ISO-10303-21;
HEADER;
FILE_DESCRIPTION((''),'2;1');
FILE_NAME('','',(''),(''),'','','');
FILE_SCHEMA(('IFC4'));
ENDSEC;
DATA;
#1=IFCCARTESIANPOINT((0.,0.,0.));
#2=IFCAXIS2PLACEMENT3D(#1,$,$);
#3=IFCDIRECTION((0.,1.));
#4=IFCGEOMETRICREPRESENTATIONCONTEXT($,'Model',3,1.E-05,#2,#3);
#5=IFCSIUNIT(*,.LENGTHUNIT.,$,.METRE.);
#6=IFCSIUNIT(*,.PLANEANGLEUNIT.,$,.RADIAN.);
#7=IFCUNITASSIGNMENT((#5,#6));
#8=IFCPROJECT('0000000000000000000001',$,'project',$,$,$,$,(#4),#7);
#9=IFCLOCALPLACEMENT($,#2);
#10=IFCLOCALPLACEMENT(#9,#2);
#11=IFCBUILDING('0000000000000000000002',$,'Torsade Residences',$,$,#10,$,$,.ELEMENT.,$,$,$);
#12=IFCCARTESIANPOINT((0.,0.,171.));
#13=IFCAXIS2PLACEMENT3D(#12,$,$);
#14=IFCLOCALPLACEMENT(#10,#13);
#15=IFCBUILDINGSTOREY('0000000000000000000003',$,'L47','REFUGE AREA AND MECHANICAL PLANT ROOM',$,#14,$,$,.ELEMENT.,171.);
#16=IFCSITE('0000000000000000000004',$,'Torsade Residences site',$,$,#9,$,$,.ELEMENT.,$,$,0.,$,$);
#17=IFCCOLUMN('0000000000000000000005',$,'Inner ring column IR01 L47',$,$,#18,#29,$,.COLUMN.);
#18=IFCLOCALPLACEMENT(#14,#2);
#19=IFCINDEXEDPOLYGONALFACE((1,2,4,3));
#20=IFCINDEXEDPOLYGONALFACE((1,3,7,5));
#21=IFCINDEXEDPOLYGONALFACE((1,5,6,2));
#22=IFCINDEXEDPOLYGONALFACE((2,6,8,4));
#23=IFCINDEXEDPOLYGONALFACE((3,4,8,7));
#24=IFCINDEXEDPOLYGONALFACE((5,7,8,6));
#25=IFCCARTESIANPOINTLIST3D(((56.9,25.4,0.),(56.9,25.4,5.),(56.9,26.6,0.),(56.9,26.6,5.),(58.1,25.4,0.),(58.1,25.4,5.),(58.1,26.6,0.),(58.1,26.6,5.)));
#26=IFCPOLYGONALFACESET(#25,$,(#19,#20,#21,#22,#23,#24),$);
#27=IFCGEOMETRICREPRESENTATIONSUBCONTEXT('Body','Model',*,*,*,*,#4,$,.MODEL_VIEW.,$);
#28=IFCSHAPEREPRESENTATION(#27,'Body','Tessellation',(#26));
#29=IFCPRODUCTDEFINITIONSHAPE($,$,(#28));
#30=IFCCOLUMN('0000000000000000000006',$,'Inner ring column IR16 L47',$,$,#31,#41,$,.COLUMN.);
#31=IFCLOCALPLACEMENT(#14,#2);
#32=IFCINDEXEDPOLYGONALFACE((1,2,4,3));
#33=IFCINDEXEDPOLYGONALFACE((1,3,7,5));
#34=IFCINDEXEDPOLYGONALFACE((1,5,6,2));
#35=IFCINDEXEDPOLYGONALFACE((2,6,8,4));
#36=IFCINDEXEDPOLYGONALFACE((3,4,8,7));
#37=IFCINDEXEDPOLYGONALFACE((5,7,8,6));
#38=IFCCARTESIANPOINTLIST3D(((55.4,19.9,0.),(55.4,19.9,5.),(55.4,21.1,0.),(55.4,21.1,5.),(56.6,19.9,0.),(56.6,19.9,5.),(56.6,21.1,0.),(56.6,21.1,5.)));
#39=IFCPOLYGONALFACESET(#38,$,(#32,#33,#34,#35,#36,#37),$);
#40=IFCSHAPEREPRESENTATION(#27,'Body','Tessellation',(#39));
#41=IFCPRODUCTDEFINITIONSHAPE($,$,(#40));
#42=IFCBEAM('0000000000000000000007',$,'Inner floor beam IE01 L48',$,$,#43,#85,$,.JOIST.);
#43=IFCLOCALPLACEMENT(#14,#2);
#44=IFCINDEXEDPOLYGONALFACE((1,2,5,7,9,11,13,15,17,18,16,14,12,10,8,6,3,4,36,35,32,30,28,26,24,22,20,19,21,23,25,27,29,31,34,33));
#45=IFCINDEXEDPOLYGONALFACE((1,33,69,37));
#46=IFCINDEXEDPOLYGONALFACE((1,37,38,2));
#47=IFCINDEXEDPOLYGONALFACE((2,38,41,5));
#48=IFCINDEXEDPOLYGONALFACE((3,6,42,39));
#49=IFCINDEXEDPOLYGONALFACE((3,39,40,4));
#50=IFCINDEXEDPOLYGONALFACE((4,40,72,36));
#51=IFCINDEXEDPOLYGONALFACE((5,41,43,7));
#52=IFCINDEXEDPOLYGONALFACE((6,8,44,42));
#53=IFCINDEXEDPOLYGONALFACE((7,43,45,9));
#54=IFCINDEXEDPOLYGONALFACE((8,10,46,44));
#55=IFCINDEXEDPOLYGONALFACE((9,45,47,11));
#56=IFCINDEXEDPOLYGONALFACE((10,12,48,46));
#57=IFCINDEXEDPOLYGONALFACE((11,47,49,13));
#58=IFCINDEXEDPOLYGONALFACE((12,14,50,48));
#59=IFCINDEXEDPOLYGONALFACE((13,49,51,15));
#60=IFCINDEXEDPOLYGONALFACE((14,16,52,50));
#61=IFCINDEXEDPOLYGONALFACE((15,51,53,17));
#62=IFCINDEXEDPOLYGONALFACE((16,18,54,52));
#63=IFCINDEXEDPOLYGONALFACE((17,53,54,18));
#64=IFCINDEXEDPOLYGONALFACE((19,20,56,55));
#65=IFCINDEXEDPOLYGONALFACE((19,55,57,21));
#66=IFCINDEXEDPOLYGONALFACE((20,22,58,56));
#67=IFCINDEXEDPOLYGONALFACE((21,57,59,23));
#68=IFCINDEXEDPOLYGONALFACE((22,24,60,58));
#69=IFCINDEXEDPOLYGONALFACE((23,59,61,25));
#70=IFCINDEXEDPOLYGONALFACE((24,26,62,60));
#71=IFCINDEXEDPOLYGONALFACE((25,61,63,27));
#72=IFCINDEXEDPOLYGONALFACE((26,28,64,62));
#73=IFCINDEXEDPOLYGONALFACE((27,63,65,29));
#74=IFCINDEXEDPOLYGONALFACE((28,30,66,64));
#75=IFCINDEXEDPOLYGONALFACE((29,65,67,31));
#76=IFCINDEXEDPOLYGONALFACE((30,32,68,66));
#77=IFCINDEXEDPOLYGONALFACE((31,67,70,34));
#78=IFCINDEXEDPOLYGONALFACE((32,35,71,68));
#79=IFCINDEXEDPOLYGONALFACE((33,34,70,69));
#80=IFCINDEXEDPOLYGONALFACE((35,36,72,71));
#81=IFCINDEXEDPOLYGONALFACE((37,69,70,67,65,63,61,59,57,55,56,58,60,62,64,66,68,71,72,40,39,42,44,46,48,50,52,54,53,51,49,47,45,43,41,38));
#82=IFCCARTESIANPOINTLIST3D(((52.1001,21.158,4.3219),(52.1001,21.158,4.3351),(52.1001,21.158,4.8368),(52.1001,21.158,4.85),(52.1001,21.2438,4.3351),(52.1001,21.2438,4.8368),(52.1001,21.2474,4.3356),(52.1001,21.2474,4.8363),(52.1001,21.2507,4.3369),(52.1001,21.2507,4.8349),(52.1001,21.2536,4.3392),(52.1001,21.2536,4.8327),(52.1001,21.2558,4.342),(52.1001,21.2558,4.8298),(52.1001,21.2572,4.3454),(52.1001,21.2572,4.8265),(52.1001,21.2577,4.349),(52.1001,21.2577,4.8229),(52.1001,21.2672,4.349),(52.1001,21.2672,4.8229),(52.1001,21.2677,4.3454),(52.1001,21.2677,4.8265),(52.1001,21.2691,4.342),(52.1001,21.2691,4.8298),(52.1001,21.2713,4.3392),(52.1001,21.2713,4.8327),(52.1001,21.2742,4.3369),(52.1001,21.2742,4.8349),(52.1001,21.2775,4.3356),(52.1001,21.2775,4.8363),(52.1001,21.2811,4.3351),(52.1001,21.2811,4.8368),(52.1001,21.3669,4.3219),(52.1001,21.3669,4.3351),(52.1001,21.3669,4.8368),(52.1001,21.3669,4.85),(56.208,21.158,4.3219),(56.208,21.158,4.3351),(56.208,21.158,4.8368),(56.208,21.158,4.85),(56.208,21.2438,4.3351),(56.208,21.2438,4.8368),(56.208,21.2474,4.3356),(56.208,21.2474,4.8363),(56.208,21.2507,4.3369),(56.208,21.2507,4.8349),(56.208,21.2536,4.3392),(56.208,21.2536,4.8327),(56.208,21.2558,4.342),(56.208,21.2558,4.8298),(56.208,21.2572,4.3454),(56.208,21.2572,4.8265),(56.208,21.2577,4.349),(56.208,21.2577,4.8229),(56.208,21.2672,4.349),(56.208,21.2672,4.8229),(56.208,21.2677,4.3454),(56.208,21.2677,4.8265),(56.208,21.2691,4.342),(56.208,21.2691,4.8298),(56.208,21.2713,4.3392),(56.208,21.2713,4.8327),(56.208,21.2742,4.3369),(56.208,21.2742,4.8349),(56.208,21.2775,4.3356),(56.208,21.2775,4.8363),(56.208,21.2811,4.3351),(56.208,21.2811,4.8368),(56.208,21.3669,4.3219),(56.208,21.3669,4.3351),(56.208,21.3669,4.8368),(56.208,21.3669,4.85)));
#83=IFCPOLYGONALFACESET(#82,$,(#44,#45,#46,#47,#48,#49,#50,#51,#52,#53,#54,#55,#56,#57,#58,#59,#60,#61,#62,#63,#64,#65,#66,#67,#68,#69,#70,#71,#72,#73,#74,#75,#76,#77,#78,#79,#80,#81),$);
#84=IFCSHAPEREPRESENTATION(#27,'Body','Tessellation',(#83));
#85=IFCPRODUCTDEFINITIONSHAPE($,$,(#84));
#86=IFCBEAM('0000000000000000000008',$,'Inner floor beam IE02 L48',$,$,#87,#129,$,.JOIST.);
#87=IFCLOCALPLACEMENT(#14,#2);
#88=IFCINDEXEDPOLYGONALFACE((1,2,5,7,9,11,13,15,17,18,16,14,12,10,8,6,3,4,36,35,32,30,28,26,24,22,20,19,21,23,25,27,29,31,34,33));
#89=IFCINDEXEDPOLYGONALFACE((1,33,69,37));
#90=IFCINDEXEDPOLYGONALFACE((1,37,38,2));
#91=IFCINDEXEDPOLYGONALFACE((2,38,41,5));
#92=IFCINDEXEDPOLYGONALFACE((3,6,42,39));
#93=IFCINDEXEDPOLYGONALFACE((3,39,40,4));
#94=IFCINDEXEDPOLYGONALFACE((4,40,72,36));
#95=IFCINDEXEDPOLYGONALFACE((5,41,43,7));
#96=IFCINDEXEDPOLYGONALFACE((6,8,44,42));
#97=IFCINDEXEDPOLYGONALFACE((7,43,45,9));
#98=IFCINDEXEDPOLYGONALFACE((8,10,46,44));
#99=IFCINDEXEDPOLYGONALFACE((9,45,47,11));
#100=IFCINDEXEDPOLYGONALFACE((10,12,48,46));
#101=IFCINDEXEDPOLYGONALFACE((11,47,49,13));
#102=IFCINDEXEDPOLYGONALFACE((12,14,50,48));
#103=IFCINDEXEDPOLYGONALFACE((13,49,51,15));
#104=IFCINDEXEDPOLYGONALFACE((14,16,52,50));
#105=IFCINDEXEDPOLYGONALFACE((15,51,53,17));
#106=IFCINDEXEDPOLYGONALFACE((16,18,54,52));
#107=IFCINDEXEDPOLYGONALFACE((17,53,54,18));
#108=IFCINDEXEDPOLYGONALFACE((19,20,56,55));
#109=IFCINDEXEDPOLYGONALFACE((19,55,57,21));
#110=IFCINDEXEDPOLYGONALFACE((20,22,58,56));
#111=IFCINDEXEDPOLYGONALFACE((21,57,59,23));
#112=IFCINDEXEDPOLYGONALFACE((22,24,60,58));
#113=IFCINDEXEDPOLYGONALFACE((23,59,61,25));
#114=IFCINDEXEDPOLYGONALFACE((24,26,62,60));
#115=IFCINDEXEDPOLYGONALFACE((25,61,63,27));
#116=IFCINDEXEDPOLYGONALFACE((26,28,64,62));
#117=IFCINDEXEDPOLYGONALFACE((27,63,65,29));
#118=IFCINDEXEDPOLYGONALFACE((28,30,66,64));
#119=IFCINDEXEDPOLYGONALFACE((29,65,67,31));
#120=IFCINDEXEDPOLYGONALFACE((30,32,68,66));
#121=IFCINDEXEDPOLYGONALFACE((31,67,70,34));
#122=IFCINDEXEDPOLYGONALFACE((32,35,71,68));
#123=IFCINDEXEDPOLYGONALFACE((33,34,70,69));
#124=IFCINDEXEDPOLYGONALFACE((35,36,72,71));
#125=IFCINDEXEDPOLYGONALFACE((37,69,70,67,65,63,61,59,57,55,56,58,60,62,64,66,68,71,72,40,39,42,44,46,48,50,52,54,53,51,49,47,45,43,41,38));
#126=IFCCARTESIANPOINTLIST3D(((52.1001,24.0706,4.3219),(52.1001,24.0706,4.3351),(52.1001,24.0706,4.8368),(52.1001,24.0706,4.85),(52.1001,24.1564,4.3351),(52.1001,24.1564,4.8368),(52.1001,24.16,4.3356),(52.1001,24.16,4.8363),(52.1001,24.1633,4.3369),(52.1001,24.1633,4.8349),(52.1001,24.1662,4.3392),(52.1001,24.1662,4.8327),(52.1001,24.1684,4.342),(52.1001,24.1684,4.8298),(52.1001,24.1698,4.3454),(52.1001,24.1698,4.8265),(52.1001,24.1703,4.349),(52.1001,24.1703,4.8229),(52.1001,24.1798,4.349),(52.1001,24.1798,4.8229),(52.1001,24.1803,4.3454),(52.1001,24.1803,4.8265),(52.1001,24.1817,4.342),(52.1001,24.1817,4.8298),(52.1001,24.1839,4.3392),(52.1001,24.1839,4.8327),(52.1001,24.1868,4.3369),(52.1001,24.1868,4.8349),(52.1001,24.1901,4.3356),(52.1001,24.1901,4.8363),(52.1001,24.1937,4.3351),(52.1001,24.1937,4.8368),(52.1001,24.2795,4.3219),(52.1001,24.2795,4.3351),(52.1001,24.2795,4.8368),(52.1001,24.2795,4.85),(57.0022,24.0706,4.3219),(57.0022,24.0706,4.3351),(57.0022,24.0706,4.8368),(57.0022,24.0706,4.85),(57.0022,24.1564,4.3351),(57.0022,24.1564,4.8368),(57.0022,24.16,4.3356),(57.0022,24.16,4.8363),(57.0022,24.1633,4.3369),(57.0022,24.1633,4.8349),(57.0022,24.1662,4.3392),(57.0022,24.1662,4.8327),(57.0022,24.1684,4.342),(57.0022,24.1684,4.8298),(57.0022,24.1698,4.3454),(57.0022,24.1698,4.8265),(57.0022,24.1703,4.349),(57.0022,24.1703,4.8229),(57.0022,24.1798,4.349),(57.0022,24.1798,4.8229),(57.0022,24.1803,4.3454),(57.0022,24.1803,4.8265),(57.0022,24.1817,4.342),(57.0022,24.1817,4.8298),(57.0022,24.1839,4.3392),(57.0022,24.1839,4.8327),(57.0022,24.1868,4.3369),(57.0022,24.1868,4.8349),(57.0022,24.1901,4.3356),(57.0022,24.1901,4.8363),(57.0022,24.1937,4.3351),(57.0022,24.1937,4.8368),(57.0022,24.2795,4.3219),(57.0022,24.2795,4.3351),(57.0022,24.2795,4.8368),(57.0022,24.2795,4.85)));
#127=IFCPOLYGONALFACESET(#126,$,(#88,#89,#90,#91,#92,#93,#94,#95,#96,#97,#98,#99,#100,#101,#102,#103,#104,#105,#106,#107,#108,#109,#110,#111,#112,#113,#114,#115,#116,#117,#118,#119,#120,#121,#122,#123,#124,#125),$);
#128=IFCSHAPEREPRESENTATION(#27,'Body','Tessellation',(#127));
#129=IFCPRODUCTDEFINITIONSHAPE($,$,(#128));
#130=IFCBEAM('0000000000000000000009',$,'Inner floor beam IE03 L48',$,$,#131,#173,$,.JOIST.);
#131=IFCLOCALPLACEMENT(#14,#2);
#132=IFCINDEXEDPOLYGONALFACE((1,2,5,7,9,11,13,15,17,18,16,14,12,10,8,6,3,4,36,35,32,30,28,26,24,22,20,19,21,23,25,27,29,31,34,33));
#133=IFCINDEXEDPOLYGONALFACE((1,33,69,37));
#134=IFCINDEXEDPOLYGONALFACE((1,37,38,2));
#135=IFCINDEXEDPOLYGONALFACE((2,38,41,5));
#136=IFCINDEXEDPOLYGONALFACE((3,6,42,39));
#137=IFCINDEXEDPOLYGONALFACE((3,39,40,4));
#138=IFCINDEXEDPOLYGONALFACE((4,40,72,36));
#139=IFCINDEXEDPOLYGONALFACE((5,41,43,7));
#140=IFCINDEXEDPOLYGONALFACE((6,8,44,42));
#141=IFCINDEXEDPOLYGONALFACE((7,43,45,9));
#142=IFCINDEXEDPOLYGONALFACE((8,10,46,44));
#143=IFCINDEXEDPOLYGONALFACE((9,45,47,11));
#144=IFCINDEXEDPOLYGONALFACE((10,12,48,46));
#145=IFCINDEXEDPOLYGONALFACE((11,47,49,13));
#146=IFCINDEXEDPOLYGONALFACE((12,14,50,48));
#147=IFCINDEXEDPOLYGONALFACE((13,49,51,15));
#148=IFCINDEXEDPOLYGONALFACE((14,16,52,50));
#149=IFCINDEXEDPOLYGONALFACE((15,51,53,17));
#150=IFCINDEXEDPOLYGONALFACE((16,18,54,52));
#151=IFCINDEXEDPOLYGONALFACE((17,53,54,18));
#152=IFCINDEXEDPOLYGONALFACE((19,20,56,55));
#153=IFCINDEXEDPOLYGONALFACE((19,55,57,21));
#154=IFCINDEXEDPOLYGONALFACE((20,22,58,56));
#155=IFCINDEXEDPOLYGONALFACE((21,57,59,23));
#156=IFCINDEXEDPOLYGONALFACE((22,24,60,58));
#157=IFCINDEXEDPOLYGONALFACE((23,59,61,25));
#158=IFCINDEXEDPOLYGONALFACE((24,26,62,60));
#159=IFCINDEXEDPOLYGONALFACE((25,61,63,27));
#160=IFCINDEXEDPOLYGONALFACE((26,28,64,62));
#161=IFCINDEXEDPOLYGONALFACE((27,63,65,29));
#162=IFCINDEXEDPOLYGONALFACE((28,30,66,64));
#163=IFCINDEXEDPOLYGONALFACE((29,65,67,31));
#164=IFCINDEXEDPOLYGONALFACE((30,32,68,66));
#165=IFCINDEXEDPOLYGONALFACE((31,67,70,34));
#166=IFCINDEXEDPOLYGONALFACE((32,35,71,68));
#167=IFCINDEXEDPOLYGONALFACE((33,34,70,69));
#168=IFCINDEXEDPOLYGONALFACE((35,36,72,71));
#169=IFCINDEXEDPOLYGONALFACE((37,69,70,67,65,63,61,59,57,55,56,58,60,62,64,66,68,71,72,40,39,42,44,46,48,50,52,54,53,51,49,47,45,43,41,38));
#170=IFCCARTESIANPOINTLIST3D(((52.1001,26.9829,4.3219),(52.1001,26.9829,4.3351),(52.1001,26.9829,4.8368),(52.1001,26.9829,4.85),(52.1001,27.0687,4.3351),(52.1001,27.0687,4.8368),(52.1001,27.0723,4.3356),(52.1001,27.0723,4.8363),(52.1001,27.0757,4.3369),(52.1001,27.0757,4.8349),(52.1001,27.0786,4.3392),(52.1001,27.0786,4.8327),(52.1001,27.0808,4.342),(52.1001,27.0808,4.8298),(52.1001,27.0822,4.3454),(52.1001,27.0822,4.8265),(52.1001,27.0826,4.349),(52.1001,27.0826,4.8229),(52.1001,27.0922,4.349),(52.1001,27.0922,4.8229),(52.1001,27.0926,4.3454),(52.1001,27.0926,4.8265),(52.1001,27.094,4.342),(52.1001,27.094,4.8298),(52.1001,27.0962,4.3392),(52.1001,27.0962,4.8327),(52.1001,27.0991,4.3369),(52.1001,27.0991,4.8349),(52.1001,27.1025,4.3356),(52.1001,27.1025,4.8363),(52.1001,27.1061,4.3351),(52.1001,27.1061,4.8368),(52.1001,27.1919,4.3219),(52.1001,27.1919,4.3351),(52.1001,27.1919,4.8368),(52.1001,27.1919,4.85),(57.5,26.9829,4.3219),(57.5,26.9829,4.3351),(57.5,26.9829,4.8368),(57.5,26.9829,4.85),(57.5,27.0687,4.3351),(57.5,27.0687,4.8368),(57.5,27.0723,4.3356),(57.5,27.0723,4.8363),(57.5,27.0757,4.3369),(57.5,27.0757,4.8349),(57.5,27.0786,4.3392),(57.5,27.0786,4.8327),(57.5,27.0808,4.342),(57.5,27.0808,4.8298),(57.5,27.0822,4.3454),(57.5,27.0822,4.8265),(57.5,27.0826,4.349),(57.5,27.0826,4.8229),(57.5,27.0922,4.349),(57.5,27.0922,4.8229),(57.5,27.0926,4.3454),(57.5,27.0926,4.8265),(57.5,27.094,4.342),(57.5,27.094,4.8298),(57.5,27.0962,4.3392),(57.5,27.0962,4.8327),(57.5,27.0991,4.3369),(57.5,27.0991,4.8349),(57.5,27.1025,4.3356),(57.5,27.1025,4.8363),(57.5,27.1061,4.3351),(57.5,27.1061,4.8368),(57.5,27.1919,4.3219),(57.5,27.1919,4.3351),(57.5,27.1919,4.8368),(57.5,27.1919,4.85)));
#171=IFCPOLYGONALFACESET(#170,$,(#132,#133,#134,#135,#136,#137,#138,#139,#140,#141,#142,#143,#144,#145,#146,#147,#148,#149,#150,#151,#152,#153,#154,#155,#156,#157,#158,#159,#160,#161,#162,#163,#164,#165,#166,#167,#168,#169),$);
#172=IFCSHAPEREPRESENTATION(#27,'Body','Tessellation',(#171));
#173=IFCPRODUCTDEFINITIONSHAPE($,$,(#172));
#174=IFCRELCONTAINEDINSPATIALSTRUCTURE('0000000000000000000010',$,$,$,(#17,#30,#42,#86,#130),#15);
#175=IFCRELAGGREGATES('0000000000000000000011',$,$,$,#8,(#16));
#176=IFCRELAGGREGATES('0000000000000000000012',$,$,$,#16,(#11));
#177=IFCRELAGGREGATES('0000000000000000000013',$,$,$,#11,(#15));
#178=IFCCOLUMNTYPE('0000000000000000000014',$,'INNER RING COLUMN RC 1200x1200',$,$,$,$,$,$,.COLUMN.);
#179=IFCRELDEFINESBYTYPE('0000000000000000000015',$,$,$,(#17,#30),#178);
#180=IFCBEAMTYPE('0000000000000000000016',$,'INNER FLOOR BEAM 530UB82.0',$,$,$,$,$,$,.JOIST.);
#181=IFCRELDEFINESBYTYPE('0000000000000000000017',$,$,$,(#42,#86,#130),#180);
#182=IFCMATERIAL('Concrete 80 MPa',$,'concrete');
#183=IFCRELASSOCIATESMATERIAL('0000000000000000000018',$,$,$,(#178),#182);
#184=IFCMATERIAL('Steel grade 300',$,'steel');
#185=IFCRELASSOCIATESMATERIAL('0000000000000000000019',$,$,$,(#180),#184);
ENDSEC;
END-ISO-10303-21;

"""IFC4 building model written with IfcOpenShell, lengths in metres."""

from ifc_helpers import new_model, si_unit, direction, frame, origin, origin_2d, place, context, subcontext, project, spatial, rectangle, i_section, extrude, material, material_profile, profile_set, type_object, element, save


model = new_model("IFC4")

# Units and contexts
model_context = context("Model", 3, precision=1e-05, world=origin(), true_north=direction((0.0, 1.0)))
body_context = subcontext(model_context, "Body", "Model", "MODEL_VIEW")
ifc_project = project(units=[si_unit("LENGTHUNIT", "METRE"), si_unit("PLANEANGLEUNIT", "RADIAN")], contexts=[model_context])

# Site, building, storey
site_placement = place(None, origin())
site = spatial("IfcSite", under=ifc_project, at=site_placement, Name="Torsade Residences site", CompositionType="ELEMENT", RefElevation=0.0)
building_placement = place(site_placement, origin())
building = spatial("IfcBuilding", under=site, at=building_placement, Name="Torsade Residences", CompositionType="ELEMENT")
storey_placement = place(building_placement, frame((0.0, 0.0, 171.0)))
storey = spatial("IfcBuildingStorey", under=building, at=storey_placement, Name="L47", Description="REFUGE AREA AND MECHANICAL PLANT ROOM", CompositionType="ELEMENT", Elevation=171.0)

# Columns
ifc_material_1 = material(Name="Concrete 80 MPa", Category="concrete")
ifc_material_profile_1 = material_profile(ifc_material_1, rectangle(XDim=1.2, YDim=1.2, at=origin_2d()), Name="RC 1200x1200")
ifc_profile_set_1 = profile_set([ifc_material_profile_1], Name="Concrete 80 MPa")
column_type = type_object("IfcColumnType", Name="INNER RING COLUMN RC 1200x1200", PredefinedType="COLUMN", material=ifc_profile_set_1)
for number, where, z_axis, x_axis, name in (
    (1, (57.5, 26.0, 0.0), (0.0, 0.0, 1.0), (1.0, 0.0, 0.0), "Inner ring column IR01 L47"),
    (2, (56.0, 20.5, 0.0), (0.0, 0.0, 1.0), (1.0, 0.0, 0.0), "Inner ring column IR16 L47"),
):
    element("IfcColumn", number, at=place(storey_placement, frame(where, z_axis=z_axis, x_axis=x_axis)), inside=storey, type_object=column_type, Name=name, PredefinedType="COLUMN", context=body_context, shape_type="SweptSolid", body=[
        extrude(rectangle(XDim=1.2, YDim=1.2, at=origin_2d()), origin(), (0.0, 0.0, 1.0), 5.0),
    ])

# Beams
ifc_material_2 = material(Name="Steel grade 300", Category="steel")
ifc_material_profile_2 = material_profile(ifc_material_2, i_section(OverallWidth=0.209, OverallDepth=0.5281, WebThickness=0.0095, FlangeThickness=0.0132, FilletRadius=0.0139, at=origin_2d()), Name="530UB82.0")
ifc_profile_set_2 = profile_set([ifc_material_profile_2], Name="Steel grade 300")
beam_type_1 = type_object("IfcBeamType", Name="INNER FLOOR BEAM 530UB82.0", PredefinedType="JOIST", material=ifc_profile_set_2)
beam_1_placement = place(storey_placement, frame((52.1001, 21.2625, 4.5859), z_axis=(1.0, 0.0, 0.0), x_axis=(0.0, 1.0, 0.0)))
element("IfcBeam", 3, at=beam_1_placement, inside=storey, type_object=beam_type_1, Name="Inner floor beam IE01 L48", PredefinedType="JOIST", context=body_context, shape_type="SweptSolid", body=[
    extrude(i_section(OverallWidth=0.209, OverallDepth=0.5281, WebThickness=0.0095, FlangeThickness=0.0132, FilletRadius=0.0139, at=origin_2d()), origin(), (0.0, 0.0, 1.0), 4.1079),
])
beam_2_placement = place(storey_placement, frame((52.1001, 24.175, 4.5859), z_axis=(1.0, 0.0, 0.0), x_axis=(0.0, 1.0, 0.0)))
element("IfcBeam", 4, at=beam_2_placement, inside=storey, type_object=beam_type_1, Name="Inner floor beam IE02 L48", PredefinedType="JOIST", context=body_context, shape_type="SweptSolid", body=[
    extrude(i_section(OverallWidth=0.209, OverallDepth=0.5281, WebThickness=0.0095, FlangeThickness=0.0132, FilletRadius=0.0139, at=origin_2d()), origin(), (0.0, 0.0, 1.0), 4.9021),
])
beam_3_placement = place(storey_placement, frame((52.1001, 27.0874, 4.5859), z_axis=(1.0, 0.0, 0.0), x_axis=(0.0, 1.0, 0.0)))
element("IfcBeam", 5, at=beam_3_placement, inside=storey, type_object=beam_type_1, Name="Inner floor beam IE03 L48", PredefinedType="JOIST", context=body_context, shape_type="SweptSolid", body=[
    extrude(i_section(OverallWidth=0.209, OverallDepth=0.5281, WebThickness=0.0095, FlangeThickness=0.0132, FilletRadius=0.0139, at=origin_2d()), origin(), (0.0, 0.0, 1.0), 5.3999),
])

save(model, "model.ifc")
